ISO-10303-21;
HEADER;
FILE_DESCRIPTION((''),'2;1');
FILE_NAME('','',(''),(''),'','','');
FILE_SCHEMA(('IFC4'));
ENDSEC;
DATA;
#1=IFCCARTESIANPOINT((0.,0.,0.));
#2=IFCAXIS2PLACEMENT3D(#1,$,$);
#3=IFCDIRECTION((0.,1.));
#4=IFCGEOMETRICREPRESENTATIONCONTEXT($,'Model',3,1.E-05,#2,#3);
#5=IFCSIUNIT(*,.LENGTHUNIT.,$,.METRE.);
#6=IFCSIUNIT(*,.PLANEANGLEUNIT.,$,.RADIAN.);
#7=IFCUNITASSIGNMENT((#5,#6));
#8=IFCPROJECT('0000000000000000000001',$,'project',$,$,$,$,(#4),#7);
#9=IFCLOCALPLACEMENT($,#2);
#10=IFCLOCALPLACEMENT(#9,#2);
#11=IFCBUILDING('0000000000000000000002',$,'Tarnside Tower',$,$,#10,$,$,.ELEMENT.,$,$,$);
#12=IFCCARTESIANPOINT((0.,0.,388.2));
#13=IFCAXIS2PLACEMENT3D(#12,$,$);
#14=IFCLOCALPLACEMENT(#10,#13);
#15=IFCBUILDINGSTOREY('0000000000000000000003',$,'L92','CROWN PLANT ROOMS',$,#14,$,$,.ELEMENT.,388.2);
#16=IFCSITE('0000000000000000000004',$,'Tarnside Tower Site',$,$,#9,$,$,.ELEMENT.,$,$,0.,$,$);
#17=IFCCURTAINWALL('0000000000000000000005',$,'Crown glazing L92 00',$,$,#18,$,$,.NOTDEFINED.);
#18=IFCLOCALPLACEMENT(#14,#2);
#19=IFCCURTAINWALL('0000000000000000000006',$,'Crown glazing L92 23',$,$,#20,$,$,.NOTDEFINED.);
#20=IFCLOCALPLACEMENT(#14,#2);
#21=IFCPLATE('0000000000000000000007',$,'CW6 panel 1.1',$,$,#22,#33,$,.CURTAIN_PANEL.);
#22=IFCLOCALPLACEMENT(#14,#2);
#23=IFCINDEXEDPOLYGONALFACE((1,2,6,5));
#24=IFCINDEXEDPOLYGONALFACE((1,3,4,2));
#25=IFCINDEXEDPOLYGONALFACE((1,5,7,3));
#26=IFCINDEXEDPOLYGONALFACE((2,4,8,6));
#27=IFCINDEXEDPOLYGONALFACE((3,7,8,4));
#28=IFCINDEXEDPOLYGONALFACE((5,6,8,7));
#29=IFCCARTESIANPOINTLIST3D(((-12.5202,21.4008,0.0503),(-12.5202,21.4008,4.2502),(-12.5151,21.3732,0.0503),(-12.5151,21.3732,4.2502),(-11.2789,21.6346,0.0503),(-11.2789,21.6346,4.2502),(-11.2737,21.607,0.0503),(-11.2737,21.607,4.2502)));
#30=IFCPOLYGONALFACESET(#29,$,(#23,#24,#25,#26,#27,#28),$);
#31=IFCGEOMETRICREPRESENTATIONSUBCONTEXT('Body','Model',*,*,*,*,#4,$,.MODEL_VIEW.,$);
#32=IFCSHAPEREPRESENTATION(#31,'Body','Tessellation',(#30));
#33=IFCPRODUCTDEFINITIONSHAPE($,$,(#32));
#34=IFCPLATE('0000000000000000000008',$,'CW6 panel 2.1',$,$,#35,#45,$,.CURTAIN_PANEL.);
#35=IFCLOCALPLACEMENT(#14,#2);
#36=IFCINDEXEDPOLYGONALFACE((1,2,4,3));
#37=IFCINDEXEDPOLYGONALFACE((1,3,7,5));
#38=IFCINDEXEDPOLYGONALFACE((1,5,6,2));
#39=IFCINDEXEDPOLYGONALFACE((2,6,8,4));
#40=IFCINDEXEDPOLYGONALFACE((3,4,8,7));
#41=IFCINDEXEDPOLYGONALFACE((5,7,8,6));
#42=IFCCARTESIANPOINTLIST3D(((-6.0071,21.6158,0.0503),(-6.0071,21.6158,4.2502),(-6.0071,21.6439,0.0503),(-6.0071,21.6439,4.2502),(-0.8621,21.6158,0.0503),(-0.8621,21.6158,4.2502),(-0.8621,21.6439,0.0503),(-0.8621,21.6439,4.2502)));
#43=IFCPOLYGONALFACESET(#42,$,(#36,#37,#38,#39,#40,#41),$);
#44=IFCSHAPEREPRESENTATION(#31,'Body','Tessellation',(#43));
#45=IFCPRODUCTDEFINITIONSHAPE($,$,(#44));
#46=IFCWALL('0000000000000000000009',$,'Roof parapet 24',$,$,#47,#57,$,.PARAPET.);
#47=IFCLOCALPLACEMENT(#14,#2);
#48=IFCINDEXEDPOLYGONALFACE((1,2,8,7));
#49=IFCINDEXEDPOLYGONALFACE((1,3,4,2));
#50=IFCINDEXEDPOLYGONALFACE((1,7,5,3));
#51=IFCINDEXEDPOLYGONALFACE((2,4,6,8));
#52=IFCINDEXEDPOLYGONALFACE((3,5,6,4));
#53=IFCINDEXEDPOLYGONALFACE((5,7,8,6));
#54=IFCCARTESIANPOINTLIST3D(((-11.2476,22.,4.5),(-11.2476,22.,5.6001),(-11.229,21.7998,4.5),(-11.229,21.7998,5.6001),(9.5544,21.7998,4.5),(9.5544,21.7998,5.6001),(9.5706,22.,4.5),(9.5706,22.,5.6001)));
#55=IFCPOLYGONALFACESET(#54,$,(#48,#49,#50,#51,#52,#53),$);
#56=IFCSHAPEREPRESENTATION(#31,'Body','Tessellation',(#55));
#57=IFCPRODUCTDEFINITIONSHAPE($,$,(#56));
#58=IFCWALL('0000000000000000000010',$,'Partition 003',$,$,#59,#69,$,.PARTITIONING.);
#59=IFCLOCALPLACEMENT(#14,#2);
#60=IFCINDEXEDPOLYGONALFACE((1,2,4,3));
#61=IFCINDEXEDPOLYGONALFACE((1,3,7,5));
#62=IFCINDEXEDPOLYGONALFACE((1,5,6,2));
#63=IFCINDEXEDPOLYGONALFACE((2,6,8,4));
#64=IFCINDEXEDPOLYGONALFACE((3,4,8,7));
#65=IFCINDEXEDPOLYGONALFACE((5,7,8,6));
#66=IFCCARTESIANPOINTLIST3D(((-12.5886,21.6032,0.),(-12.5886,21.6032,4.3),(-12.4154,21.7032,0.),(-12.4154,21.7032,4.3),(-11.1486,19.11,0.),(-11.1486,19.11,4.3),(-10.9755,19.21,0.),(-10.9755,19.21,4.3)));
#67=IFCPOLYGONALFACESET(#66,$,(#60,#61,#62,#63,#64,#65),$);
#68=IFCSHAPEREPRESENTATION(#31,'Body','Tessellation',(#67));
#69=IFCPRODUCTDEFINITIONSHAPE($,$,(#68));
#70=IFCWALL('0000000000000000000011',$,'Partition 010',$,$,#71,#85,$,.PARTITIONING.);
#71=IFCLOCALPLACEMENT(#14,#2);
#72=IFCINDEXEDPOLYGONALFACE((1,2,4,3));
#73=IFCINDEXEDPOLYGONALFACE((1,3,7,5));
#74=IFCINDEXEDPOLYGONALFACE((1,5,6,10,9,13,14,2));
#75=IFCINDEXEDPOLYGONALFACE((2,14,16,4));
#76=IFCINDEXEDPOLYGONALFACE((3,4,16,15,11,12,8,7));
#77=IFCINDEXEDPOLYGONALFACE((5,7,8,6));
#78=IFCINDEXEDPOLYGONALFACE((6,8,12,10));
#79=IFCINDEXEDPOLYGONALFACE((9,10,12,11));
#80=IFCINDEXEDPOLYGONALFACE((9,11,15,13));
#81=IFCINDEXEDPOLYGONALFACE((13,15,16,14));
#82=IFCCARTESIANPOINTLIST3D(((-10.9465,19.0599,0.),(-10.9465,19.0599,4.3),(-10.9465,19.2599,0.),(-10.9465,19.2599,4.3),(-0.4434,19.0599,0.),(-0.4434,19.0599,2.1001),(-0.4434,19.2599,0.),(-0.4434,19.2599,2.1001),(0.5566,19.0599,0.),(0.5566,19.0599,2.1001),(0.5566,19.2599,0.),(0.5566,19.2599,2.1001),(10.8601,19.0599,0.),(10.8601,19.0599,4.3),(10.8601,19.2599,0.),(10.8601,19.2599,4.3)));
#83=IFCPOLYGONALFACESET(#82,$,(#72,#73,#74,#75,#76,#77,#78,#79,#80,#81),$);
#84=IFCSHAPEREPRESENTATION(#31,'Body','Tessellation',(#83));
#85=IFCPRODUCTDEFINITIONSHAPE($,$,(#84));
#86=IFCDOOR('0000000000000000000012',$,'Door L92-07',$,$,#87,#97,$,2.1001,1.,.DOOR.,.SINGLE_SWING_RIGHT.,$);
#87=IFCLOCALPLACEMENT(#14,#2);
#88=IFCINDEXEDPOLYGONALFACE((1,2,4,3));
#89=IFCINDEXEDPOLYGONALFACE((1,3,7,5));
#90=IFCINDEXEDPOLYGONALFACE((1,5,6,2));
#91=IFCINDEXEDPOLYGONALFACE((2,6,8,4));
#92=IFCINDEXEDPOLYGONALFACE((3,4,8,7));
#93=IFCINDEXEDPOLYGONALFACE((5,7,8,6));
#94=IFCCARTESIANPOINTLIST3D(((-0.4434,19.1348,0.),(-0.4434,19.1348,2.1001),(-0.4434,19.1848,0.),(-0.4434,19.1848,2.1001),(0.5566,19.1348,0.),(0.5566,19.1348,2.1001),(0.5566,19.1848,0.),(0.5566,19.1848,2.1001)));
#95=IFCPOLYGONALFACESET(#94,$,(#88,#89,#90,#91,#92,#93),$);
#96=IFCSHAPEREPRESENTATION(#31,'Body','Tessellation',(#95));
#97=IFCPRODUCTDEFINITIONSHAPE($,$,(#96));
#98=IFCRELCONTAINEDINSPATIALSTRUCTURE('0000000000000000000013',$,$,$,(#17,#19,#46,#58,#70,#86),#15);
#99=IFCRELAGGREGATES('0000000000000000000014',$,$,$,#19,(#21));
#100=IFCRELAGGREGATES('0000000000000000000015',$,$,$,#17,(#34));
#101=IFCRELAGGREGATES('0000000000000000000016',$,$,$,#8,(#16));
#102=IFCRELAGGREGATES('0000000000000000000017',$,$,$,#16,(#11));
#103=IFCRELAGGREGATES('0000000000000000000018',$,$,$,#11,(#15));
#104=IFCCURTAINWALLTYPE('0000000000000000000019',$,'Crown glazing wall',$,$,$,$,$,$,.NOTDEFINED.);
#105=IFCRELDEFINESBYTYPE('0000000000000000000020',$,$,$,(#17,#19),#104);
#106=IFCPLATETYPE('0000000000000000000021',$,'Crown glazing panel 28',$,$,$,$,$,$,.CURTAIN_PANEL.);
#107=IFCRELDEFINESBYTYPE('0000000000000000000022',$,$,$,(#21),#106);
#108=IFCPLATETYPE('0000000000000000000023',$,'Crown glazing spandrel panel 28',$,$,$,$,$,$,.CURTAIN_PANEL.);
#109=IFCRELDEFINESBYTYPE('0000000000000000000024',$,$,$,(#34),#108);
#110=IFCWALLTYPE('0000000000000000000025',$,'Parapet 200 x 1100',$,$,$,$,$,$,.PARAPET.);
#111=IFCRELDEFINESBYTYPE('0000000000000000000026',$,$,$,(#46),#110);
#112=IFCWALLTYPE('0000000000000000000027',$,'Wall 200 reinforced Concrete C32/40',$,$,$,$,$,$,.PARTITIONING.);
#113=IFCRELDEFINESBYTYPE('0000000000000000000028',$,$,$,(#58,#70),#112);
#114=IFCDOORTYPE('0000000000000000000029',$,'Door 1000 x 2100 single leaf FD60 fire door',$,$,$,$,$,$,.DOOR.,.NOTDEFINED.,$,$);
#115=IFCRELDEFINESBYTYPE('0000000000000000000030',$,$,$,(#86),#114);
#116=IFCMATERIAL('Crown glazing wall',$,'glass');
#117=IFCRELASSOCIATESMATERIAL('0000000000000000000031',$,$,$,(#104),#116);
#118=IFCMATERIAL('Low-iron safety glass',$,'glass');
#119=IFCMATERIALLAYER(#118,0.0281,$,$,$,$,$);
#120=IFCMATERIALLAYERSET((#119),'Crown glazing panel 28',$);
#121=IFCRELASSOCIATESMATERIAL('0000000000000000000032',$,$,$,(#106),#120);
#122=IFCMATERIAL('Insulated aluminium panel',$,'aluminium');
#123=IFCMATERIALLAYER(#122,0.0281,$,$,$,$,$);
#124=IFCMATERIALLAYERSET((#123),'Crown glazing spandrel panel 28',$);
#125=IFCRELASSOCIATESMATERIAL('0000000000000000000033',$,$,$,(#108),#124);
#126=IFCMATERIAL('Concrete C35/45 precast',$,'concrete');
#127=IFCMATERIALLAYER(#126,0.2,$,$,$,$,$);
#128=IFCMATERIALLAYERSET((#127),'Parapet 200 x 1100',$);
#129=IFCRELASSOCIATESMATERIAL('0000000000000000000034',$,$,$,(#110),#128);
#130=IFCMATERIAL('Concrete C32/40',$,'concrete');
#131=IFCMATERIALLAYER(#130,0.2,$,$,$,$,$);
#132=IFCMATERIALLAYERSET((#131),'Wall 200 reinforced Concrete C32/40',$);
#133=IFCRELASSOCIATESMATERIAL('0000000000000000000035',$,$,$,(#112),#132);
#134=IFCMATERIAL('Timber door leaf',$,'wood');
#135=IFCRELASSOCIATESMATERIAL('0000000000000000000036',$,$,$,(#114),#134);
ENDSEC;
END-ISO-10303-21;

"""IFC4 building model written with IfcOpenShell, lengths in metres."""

from ifc_helpers import new_model, si_unit, direction, frame, frame_2d, origin, origin_2d, place, context, subcontext, project, spatial, polyline, rectangle, outline, extrude, material, layer, layer_set, type_object, element, fill, aggregate, save


model = new_model("IFC4")

# Units and contexts
model_context = context("Model", 3, precision=1e-05, world=origin(), true_north=direction((0.0, 1.0)))
body_context = subcontext(model_context, "Body", "Model", "MODEL_VIEW")
ifc_project = project(units=[si_unit("LENGTHUNIT", "METRE"), si_unit("PLANEANGLEUNIT", "RADIAN")], contexts=[model_context])

# Site, building, storey
site_placement = place(None, origin())
site = spatial("IfcSite", under=ifc_project, at=site_placement, Name="Tarnside Tower Site", CompositionType="ELEMENT", RefElevation=0.0)
building_placement = place(site_placement, origin())
building = spatial("IfcBuilding", under=site, at=building_placement, Name="Tarnside Tower", CompositionType="ELEMENT")
storey_placement = place(building_placement, frame((0.0, 0.0, 388.2)))
storey = spatial("IfcBuildingStorey", under=building, at=storey_placement, Name="L92", Description="CROWN PLANT ROOMS", CompositionType="ELEMENT", Elevation=388.2)

# Curtain walls
ifc_material_1 = material(Name="Crown glazing wall", Category="glass")
curtain_wall_type = type_object("IfcCurtainWallType", Name="Crown glazing wall", PredefinedType="NOTDEFINED", material=ifc_material_1)
curtain_wall_1_placement = place(storey_placement, origin())
curtain_wall_1 = element("IfcCurtainWall", 1, at=curtain_wall_1_placement, inside=storey, type_object=curtain_wall_type, Name="Crown glazing L92 00", PredefinedType="NOTDEFINED")
curtain_wall_2_placement = place(storey_placement, origin())
curtain_wall_2 = element("IfcCurtainWall", 2, at=curtain_wall_2_placement, inside=storey, type_object=curtain_wall_type, Name="Crown glazing L92 23", PredefinedType="NOTDEFINED")

# Plates
ifc_material_2 = material(Name="Low-iron safety glass", Category="glass")
ifc_layer_1 = layer(ifc_material_2, 0.0281)
ifc_layer_set_1 = layer_set([ifc_layer_1], Name="Crown glazing panel 28")
plate_type_1 = type_object("IfcPlateType", Name="Crown glazing panel 28", PredefinedType="CURTAIN_PANEL", material=ifc_layer_set_1)
plate_1_placement = place(storey_placement, frame((-11.897, 21.5039, 0.0503), z_axis=(0.0, 0.0, 1.0), x_axis=(0.982721, 0.185095, 0.0)))
plate_1 = element("IfcPlate", 3, at=plate_1_placement, type_object=plate_type_1, Name="CW6 panel 1.1", PredefinedType="CURTAIN_PANEL", context=body_context, shape_type="SweptSolid", body=[
    extrude(rectangle(XDim=1.2632, YDim=0.0281, at=origin_2d()), origin(), (0.0, 0.0, 1.0), 4.2),
])
aggregate(curtain_wall_2, [plate_1])
ifc_material_3 = material(Name="Insulated aluminium panel", Category="aluminium")
ifc_layer_2 = layer(ifc_material_3, 0.0281)
ifc_layer_set_2 = layer_set([ifc_layer_2], Name="Crown glazing spandrel panel 28")
plate_type_2 = type_object("IfcPlateType", Name="Crown glazing spandrel panel 28", PredefinedType="CURTAIN_PANEL", material=ifc_layer_set_2)
plate_2_placement = place(storey_placement, frame((-3.4346, 21.6299, 0.0503), z_axis=(0.0, 0.0, 1.0), x_axis=(1.0, 0.0, 0.0)))
plate_2 = element("IfcPlate", 4, at=plate_2_placement, type_object=plate_type_2, Name="CW6 panel 2.1", PredefinedType="CURTAIN_PANEL", context=body_context, shape_type="SweptSolid", body=[
    extrude(rectangle(XDim=5.145, YDim=0.0281, at=origin_2d()), origin(), (0.0, 0.0, 1.0), 4.2),
])
aggregate(curtain_wall_1, [plate_2])

# Walls
ifc_material_4 = material(Name="Concrete C35/45 precast", Category="concrete")
ifc_layer_3 = layer(ifc_material_4, 0.2)
ifc_layer_set_3 = layer_set([ifc_layer_3], Name="Parapet 200 x 1100")
wall_type_1 = type_object("IfcWallType", Name="Parapet 200 x 1100", PredefinedType="PARAPET", material=ifc_layer_set_3)
wall_1_placement = place(storey_placement, frame((-11.2383, 21.8999, 4.5), z_axis=(0.0, 0.0, 1.0), x_axis=(1.0, 0.0, 0.0)))
element("IfcWall", 5, at=wall_1_placement, inside=storey, type_object=wall_type_1, Name="Roof parapet 24", PredefinedType="PARAPET", context=body_context, shape_type="SweptSolid", body=[
    extrude(outline(polyline([(0.0093, -0.1001), (20.7927, -0.1001), (20.8088, 0.1001), (-0.0093, 0.1001), (0.0093, -0.1001)])), origin(), (0.0, 0.0, 1.0), 1.1001),
])
ifc_material_5 = material(Name="Concrete C32/40", Category="concrete")
ifc_layer_4 = layer(ifc_material_5, 0.2)
ifc_layer_set_4 = layer_set([ifc_layer_4], Name="Wall 200 reinforced Concrete C32/40")
wall_type_2 = type_object("IfcWallType", Name="Wall 200 reinforced Concrete C32/40", PredefinedType="PARTITIONING", material=ifc_layer_set_4)
wall_2_placement = place(storey_placement, frame((-12.502, 21.6531, 0.0), z_axis=(0.0, 0.0, 1.0), x_axis=(0.500133, -0.865948, 0.0)))
element("IfcWall", 6, at=wall_2_placement, inside=storey, type_object=wall_type_2, Name="Partition 003", PredefinedType="PARTITIONING", context=body_context, shape_type="SweptSolid", body=[
    extrude(rectangle(XDim=2.8792, YDim=0.2, at=frame_2d((1.4395, 0.0))), origin(), (0.0, 0.0, 1.0), 4.3),
])

# Wall, opening, door
wall_3_placement = place(storey_placement, frame((-10.9465, 19.1599, 0.0), z_axis=(0.0, 0.0, 1.0), x_axis=(1.0, 0.0, 0.0)))
wall_3 = element("IfcWall", 7, at=wall_3_placement, inside=storey, type_object=wall_type_2, Name="Partition 010", PredefinedType="PARTITIONING", context=body_context, shape_type="SweptSolid", body=[
    extrude(rectangle(XDim=21.8066, YDim=0.2, at=frame_2d((10.9033, 0.0))), origin(), (0.0, 0.0, 1.0), 4.3),
])
opening_placement = place(wall_3_placement, frame((10.5032, 0.0, 0.0)))
opening = element("IfcOpeningElement", 8, at=opening_placement, cuts=wall_3, PredefinedType="OPENING", context=body_context, shape_type="SweptSolid", body=[
    extrude(rectangle(XDim=1.0, YDim=2.1001, at=frame_2d((0.5, 1.05))), frame((0.0, 0.1099, 0.0), z_axis=(0.0, -1.0, 0.0), x_axis=(1.0, 0.0, 0.0)), (0.0, 0.0, 1.0), 0.22),
])
ifc_material_6 = material(Name="Timber door leaf", Category="wood")
door_type = type_object("IfcDoorType", Name="Door 1000 x 2100 single leaf FD60 fire door", OperationType="NOTDEFINED", PredefinedType="DOOR", material=ifc_material_6)
door_placement = place(opening_placement, origin())
door = element("IfcDoor", 9, at=door_placement, inside=storey, type_object=door_type, Name="Door L92-07", OperationType="SINGLE_SWING_RIGHT", OverallHeight=2.1001, OverallWidth=1.0, PredefinedType="DOOR", context=body_context, shape_type="SweptSolid", body=[
    extrude(rectangle(XDim=1.0, YDim=2.1001, at=frame_2d((0.5, 1.05))), frame((0.0, 0.0249, 0.0), z_axis=(0.0, -1.0, 0.0), x_axis=(1.0, 0.0, 0.0)), (0.0, 0.0, 1.0), 0.05),
])
fill(opening, door)

save(model, "model.ifc")
